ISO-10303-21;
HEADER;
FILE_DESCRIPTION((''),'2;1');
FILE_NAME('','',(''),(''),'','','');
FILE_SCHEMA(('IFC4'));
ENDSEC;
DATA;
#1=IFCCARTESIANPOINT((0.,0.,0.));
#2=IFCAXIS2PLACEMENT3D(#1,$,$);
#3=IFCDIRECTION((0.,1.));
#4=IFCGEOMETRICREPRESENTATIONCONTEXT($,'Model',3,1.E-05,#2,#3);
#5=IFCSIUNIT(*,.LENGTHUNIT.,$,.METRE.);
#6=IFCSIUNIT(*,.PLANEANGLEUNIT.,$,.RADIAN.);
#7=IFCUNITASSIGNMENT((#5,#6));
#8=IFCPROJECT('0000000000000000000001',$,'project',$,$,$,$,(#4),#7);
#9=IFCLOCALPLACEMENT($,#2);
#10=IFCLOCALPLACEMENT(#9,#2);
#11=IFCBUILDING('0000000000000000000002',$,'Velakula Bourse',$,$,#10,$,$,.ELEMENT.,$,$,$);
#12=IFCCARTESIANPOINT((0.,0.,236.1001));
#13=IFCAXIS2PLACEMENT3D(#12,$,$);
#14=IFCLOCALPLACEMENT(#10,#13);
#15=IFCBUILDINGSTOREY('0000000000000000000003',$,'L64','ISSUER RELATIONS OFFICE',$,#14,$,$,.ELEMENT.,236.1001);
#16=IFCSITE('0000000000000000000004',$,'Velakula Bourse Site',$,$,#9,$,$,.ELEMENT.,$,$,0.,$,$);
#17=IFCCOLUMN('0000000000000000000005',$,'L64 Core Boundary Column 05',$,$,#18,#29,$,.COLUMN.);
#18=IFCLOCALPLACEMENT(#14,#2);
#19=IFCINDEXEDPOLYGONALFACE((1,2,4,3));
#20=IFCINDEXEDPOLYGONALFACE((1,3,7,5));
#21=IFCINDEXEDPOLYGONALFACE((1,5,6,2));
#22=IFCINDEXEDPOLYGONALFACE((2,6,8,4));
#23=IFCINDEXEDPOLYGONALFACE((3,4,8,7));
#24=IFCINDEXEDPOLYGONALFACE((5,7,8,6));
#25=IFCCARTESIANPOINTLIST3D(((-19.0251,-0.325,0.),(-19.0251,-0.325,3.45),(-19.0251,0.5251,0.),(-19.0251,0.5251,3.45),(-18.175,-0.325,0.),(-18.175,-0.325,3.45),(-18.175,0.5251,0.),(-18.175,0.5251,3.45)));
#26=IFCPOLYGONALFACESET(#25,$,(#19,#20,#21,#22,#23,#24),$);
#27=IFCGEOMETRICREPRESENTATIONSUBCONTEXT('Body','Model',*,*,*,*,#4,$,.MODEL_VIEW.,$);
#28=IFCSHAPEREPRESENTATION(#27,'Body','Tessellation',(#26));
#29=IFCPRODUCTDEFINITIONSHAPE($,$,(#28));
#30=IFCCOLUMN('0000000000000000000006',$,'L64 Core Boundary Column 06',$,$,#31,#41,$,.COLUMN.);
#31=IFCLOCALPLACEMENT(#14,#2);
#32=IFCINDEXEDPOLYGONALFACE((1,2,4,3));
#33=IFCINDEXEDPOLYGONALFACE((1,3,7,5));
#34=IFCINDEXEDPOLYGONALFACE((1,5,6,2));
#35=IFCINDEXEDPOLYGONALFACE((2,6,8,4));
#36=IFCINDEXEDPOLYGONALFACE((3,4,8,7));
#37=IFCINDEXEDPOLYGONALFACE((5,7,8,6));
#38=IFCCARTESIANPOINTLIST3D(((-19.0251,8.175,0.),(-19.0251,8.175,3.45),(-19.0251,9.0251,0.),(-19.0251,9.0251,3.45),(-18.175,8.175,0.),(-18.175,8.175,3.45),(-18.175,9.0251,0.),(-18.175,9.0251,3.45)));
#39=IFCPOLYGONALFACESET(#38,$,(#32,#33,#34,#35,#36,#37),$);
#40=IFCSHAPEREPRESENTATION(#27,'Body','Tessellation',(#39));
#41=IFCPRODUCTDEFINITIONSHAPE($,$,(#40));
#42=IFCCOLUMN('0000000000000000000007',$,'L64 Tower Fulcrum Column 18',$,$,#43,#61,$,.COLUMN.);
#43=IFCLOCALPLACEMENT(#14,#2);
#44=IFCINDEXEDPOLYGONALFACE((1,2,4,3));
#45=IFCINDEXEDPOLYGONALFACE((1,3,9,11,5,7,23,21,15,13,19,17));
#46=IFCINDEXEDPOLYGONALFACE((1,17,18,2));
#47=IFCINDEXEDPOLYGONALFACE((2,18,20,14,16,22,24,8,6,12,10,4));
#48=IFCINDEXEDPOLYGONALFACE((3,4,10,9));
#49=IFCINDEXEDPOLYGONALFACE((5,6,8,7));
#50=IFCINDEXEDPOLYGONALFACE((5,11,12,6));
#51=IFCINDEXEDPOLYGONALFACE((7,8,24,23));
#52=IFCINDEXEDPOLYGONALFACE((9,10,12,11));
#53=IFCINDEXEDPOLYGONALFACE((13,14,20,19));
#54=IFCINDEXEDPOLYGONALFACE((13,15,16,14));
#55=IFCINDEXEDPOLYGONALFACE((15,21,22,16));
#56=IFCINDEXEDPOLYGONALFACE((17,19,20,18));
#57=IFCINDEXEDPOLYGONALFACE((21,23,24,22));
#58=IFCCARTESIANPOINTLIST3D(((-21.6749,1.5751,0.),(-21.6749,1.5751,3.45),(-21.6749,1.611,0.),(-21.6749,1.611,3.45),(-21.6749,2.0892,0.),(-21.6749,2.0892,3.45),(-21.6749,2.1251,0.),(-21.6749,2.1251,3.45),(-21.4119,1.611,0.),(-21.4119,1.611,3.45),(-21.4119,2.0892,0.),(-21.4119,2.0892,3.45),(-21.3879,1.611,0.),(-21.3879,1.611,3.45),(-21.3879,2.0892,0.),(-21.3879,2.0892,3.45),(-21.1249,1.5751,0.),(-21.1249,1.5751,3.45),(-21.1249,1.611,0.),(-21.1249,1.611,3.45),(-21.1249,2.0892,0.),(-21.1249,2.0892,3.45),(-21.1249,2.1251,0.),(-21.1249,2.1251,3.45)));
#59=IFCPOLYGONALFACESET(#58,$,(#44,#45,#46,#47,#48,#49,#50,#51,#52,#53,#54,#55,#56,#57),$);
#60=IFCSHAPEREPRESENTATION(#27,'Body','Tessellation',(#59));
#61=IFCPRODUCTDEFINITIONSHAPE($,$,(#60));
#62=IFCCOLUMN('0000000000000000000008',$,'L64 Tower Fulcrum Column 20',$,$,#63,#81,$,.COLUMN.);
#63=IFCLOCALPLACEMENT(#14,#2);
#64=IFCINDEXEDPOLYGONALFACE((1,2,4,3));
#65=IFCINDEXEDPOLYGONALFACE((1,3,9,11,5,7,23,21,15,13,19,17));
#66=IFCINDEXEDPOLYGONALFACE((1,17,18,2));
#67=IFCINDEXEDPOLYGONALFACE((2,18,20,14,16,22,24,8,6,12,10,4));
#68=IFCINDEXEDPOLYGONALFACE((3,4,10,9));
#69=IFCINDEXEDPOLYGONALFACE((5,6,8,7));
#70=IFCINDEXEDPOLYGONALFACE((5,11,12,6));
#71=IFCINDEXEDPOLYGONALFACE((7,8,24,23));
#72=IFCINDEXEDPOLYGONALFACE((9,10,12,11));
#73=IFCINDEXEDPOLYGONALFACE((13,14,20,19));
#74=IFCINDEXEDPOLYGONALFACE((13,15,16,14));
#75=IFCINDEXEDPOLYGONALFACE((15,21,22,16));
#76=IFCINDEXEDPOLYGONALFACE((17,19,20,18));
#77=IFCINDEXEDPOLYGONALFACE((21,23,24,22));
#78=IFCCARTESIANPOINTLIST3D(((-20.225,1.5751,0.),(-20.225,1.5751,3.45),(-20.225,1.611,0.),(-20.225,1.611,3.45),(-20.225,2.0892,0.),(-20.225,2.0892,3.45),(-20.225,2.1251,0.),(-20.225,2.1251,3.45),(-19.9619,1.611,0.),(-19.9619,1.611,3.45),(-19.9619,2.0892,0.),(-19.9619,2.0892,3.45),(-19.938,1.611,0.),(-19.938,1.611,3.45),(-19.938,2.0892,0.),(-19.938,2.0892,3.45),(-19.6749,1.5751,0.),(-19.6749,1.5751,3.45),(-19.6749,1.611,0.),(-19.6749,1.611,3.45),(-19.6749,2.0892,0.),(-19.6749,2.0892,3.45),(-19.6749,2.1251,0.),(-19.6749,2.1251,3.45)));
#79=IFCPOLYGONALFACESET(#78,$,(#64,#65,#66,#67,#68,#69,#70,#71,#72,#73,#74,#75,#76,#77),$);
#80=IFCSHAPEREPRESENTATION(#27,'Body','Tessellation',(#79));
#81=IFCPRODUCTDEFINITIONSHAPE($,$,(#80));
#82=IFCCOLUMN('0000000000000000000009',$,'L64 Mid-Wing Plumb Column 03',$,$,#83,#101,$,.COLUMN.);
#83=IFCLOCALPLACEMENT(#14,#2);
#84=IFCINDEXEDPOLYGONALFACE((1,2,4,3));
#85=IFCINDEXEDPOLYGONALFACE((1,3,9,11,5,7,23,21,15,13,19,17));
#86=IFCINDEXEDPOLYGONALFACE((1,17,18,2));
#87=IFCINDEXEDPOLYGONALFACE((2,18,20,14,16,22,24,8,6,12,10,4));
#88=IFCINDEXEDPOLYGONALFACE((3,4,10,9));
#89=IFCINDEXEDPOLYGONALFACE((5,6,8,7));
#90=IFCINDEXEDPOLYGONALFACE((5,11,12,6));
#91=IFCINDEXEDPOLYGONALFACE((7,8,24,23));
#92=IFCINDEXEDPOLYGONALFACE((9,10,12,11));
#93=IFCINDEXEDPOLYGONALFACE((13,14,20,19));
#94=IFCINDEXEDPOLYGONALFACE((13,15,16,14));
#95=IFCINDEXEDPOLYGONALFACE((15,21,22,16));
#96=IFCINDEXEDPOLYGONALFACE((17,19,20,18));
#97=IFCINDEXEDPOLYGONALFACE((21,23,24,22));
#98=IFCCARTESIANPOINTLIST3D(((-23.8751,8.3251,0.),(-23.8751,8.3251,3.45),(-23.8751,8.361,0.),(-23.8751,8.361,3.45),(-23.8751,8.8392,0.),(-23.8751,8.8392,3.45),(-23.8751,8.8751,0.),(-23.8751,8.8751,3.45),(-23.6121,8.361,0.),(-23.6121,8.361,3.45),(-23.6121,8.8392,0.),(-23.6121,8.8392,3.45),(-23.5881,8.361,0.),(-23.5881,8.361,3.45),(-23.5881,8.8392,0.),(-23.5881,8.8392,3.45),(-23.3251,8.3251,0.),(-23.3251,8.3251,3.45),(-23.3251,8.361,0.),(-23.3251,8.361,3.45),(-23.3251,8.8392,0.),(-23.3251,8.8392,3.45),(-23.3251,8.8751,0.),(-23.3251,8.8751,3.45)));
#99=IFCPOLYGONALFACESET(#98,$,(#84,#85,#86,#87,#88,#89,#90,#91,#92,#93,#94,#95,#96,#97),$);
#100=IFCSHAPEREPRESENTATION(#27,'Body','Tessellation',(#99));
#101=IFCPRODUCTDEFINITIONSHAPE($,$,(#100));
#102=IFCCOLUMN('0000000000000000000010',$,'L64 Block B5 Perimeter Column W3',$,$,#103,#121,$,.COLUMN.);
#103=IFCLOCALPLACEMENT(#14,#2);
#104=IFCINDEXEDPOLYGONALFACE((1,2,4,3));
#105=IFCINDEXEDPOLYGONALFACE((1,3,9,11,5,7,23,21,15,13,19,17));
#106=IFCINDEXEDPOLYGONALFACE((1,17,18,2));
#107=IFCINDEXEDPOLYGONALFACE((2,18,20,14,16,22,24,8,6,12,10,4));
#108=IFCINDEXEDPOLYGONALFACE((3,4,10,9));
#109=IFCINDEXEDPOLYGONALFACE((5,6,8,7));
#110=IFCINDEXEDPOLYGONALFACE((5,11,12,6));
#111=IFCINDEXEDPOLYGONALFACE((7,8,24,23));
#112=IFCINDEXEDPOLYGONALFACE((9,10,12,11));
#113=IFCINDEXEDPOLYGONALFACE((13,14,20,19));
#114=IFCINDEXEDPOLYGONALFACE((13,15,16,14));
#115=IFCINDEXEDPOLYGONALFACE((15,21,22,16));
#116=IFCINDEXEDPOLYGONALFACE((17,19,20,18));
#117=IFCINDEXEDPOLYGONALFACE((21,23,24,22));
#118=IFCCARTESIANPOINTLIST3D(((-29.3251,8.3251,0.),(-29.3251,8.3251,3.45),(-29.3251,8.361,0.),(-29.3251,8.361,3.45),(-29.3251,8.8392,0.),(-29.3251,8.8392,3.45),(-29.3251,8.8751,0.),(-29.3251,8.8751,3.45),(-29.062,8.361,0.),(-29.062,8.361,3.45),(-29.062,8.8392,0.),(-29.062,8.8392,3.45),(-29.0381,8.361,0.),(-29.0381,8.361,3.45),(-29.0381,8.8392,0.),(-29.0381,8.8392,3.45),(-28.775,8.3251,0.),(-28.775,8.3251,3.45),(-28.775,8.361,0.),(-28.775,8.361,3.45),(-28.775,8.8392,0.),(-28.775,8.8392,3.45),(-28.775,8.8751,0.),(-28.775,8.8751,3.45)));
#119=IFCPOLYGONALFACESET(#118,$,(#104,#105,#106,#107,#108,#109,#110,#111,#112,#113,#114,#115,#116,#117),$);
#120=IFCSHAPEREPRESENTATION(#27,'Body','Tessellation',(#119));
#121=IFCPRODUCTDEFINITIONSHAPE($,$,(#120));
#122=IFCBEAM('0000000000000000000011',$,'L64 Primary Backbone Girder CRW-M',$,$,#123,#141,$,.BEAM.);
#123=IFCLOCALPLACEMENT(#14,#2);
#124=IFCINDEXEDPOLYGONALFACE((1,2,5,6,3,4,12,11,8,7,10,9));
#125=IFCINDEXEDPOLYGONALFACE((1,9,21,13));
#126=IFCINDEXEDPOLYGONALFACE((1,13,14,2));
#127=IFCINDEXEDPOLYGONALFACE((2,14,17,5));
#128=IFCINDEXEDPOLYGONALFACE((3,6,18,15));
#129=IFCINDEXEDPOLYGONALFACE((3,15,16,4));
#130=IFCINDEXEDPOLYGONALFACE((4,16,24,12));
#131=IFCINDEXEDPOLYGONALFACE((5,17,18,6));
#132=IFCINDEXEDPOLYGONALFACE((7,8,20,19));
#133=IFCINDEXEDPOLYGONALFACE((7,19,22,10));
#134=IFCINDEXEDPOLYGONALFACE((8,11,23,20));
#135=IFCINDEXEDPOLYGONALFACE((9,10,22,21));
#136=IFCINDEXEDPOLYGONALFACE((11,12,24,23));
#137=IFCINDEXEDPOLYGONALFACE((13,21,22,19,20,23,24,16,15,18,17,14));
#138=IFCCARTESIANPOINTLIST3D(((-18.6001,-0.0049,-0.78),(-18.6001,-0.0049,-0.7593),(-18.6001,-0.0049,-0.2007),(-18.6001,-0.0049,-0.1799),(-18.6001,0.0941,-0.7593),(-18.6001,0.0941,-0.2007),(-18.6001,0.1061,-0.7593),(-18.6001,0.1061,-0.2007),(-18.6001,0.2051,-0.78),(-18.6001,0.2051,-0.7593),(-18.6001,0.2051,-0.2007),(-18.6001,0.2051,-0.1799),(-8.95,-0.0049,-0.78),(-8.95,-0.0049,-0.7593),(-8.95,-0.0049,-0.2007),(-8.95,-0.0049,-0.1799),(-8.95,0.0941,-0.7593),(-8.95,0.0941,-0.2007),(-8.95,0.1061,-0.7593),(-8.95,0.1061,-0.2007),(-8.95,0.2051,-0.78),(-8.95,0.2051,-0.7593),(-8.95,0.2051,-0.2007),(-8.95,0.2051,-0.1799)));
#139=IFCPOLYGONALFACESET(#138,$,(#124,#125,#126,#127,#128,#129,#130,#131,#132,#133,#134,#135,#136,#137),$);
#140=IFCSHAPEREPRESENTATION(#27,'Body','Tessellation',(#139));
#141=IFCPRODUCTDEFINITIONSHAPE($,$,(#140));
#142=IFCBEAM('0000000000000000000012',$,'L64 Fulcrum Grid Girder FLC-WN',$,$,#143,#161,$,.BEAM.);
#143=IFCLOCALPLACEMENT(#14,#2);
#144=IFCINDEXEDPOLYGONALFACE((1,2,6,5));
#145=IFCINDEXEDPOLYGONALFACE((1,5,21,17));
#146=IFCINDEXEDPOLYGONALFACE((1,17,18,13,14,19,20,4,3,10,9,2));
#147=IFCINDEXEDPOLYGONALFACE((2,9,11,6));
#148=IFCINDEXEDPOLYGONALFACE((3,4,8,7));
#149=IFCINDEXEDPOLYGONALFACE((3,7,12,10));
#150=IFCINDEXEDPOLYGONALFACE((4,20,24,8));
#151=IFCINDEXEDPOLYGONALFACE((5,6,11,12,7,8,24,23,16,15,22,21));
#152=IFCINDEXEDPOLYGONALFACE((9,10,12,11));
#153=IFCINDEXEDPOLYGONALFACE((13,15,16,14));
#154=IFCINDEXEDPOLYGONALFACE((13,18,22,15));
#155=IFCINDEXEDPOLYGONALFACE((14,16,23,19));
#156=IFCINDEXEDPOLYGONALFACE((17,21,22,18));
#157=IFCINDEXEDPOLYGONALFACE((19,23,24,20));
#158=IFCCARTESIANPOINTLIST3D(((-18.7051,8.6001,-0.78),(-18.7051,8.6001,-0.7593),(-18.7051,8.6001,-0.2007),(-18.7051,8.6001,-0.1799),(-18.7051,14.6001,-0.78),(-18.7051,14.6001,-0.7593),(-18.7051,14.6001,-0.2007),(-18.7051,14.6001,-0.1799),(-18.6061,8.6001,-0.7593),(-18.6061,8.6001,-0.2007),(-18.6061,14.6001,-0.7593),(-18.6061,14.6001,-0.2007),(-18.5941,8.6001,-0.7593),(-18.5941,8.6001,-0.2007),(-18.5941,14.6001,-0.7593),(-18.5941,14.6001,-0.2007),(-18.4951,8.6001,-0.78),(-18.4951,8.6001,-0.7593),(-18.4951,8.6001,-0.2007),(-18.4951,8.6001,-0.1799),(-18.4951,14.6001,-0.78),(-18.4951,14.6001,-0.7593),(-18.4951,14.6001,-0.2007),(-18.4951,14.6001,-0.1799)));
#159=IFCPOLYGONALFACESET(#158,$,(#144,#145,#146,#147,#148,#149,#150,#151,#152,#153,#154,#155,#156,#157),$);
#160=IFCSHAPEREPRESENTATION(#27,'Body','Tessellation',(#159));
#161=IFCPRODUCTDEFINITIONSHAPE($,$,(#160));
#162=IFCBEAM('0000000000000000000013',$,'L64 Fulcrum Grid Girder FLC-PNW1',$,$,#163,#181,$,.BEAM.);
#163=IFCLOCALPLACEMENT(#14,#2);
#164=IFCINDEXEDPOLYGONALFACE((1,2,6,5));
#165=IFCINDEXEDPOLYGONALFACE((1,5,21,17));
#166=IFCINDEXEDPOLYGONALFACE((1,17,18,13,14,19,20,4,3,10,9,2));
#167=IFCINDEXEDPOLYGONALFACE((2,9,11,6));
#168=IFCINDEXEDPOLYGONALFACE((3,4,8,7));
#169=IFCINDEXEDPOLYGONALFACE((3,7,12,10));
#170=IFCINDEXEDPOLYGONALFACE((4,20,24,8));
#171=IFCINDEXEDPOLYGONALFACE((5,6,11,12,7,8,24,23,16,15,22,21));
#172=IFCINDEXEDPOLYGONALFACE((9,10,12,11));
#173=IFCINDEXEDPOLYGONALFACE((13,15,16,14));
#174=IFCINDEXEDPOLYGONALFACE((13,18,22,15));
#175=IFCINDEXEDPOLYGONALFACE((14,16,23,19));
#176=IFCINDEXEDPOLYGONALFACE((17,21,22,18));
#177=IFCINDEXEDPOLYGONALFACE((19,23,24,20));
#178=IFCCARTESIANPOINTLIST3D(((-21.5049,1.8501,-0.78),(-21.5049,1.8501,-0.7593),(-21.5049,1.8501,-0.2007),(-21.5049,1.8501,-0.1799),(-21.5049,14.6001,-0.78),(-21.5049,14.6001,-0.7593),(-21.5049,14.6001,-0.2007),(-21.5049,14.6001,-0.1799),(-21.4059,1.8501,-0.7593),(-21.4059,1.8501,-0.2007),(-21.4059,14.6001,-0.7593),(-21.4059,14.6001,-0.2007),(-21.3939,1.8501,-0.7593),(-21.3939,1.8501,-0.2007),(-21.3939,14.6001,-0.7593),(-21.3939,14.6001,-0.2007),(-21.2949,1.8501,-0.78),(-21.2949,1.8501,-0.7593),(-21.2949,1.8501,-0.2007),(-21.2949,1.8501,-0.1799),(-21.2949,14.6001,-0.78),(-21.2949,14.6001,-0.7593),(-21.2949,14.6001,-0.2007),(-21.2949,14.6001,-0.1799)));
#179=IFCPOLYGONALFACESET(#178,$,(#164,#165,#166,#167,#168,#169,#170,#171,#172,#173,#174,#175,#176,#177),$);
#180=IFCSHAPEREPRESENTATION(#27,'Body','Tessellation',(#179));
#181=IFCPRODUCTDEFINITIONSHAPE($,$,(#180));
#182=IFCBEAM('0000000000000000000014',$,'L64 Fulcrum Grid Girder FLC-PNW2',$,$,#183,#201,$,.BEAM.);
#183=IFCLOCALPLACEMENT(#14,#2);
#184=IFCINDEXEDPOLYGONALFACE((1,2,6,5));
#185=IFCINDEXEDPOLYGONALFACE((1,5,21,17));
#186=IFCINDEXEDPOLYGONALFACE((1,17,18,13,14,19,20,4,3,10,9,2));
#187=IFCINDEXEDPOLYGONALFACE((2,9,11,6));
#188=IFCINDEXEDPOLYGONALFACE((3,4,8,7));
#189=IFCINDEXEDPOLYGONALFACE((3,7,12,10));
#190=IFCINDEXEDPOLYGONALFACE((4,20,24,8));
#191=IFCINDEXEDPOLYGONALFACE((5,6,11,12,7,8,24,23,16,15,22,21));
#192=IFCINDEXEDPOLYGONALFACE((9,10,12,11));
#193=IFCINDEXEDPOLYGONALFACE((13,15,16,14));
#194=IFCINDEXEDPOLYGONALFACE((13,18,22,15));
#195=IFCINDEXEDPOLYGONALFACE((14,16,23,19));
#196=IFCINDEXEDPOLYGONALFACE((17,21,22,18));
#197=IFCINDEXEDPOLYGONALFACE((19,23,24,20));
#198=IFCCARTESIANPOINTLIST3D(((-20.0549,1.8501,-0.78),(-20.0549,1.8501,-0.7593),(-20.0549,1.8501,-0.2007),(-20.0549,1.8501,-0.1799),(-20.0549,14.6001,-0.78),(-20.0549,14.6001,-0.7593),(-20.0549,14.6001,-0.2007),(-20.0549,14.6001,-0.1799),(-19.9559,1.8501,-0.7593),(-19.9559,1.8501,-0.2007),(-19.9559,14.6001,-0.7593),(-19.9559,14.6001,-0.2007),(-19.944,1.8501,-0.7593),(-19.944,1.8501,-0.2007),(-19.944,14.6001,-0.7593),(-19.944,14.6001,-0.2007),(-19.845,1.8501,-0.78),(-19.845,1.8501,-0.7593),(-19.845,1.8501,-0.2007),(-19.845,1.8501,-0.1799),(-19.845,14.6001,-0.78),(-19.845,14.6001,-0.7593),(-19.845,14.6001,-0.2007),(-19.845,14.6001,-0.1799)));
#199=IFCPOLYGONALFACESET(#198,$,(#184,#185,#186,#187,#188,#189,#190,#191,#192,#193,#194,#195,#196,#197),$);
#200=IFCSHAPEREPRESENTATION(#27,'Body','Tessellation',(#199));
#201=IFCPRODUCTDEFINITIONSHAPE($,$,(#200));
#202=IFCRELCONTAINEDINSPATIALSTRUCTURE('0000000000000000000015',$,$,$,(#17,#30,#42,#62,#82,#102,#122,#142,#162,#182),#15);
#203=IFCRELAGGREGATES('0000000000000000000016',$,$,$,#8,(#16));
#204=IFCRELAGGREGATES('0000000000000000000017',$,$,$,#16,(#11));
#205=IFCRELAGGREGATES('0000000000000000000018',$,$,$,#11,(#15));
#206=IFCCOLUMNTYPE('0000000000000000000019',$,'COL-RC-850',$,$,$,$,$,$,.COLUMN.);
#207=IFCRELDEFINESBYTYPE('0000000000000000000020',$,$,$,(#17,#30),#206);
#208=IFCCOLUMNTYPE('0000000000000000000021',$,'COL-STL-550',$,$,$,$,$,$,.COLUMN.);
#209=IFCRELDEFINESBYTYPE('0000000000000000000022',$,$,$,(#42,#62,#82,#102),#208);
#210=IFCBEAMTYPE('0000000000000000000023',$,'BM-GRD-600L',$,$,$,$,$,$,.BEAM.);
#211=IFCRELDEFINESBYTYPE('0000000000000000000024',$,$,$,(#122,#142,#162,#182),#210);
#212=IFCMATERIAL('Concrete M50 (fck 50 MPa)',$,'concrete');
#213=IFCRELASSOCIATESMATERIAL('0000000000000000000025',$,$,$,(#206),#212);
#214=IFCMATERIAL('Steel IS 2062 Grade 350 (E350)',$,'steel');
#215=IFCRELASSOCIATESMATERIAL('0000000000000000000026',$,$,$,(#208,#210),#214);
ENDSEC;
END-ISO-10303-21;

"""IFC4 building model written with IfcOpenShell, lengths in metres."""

from ifc_helpers import new_model, si_unit, direction, frame, origin, origin_2d, place, context, subcontext, project, spatial, rectangle, i_section, extrude, material, material_profile, profile_set, type_object, element, save


model = new_model("IFC4")

# Units and contexts
model_context = context("Model", 3, precision=1e-05, world=origin(), true_north=direction((0.0, 1.0)))
body_context = subcontext(model_context, "Body", "Model", "MODEL_VIEW")
ifc_project = project(units=[si_unit("LENGTHUNIT", "METRE"), si_unit("PLANEANGLEUNIT", "RADIAN")], contexts=[model_context])

# Site, building, storey
site_placement = place(None, origin())
site = spatial("IfcSite", under=ifc_project, at=site_placement, Name="Velakula Bourse Site", CompositionType="ELEMENT", RefElevation=0.0)
building_placement = place(site_placement, origin())
building = spatial("IfcBuilding", under=site, at=building_placement, Name="Velakula Bourse", CompositionType="ELEMENT")
storey_placement = place(building_placement, frame((0.0, 0.0, 236.1001)))
storey = spatial("IfcBuildingStorey", under=building, at=storey_placement, Name="L64", Description="ISSUER RELATIONS OFFICE", CompositionType="ELEMENT", Elevation=236.1001)

# Columns
ifc_material_1 = material(Name="Concrete M50 (fck 50 MPa)", Category="concrete")
ifc_material_profile_1 = material_profile(ifc_material_1, rectangle(XDim=0.8501, YDim=0.8501, at=origin_2d()), Name="Concrete M50 (fck 50 MPa)")
ifc_profile_set_1 = profile_set([ifc_material_profile_1], Name="Concrete M50 (fck 50 MPa)")
column_type_1 = type_object("IfcColumnType", Name="COL-RC-850", PredefinedType="COLUMN", material=ifc_profile_set_1)
for number, where, z_axis, x_axis, name in (
    (1, (-18.6001, 0.1001, 0.0), (0.0, 0.0, 1.0), (1.0, 0.0, 0.0), "L64 Core Boundary Column 05"),
    (2, (-18.6001, 8.6001, 0.0), (0.0, 0.0, 1.0), (1.0, 0.0, 0.0), "L64 Core Boundary Column 06"),
):
    element("IfcColumn", number, at=place(storey_placement, frame(where, z_axis=z_axis, x_axis=x_axis)), inside=storey, type_object=column_type_1, Name=name, PredefinedType="COLUMN", context=body_context, shape_type="SweptSolid", body=[
        extrude(rectangle(XDim=0.8501, YDim=0.8501, at=origin_2d()), origin(), (0.0, 0.0, 1.0), 3.45),
    ])
ifc_material_2 = material(Name="Steel IS 2062 Grade 350 (E350)", Category="steel")
ifc_material_profile_2 = material_profile(ifc_material_2, i_section(OverallWidth=0.55, OverallDepth=0.55, WebThickness=0.0239, FlangeThickness=0.0359, at=origin_2d()), Name="Steel IS 2062 Grade 350 (E350)")
ifc_profile_set_2 = profile_set([ifc_material_profile_2], Name="Steel IS 2062 Grade 350 (E350)")
column_type_2 = type_object("IfcColumnType", Name="COL-STL-550", PredefinedType="COLUMN", material=ifc_profile_set_2)
for number, where, z_axis, x_axis, name in (
    (3, (-21.3999, 1.8501, 0.0), (0.0, 0.0, 1.0), (1.0, 0.0, 0.0), "L64 Tower Fulcrum Column 18"),
    (4, (-19.95, 1.8501, 0.0), (0.0, 0.0, 1.0), (1.0, 0.0, 0.0), "L64 Tower Fulcrum Column 20"),
    (5, (-23.6001, 8.6001, 0.0), (0.0, 0.0, 1.0), (1.0, 0.0, 0.0), "L64 Mid-Wing Plumb Column 03"),
    (6, (-29.05, 8.6001, 0.0), (0.0, 0.0, 1.0), (1.0, 0.0, 0.0), "L64 Block B5 Perimeter Column W3"),
):
    element("IfcColumn", number, at=place(storey_placement, frame(where, z_axis=z_axis, x_axis=x_axis)), inside=storey, type_object=column_type_2, Name=name, PredefinedType="COLUMN", context=body_context, shape_type="SweptSolid", body=[
        extrude(i_section(OverallWidth=0.55, OverallDepth=0.55, WebThickness=0.0239, FlangeThickness=0.0359, at=origin_2d()), origin(), (0.0, 0.0, 1.0), 3.45),
    ])

# Beams
ifc_material_profile_3 = material_profile(ifc_material_2, i_section(OverallWidth=0.21, OverallDepth=0.6001, WebThickness=0.012, FlangeThickness=0.0208, at=origin_2d()), Name="Steel IS 2062 Grade 350 (E350)")
ifc_profile_set_3 = profile_set([ifc_material_profile_3], Name="Steel IS 2062 Grade 350 (E350)")
beam_type_1 = type_object("IfcBeamType", Name="BM-GRD-600L", PredefinedType="BEAM", material=ifc_profile_set_3)
beam_1_placement = place(storey_placement, frame((-18.6001, 0.1001, -0.48), z_axis=(1.0, 0.0, 0.0), x_axis=(0.0, 1.0, 0.0)))
element("IfcBeam", 7, at=beam_1_placement, inside=storey, type_object=beam_type_1, Name="L64 Primary Backbone Girder CRW-M", PredefinedType="BEAM", context=body_context, shape_type="SweptSolid", body=[
    extrude(i_section(OverallWidth=0.21, OverallDepth=0.6001, WebThickness=0.012, FlangeThickness=0.0208, at=origin_2d()), origin(), (0.0, 0.0, 1.0), 9.6501),
])
beam_2_placement = place(storey_placement, frame((-18.6001, 8.6001, -0.48), z_axis=(0.0, 1.0, 0.0), x_axis=(-1.0, 0.0, 0.0)))
element("IfcBeam", 8, at=beam_2_placement, inside=storey, type_object=beam_type_1, Name="L64 Fulcrum Grid Girder FLC-WN", PredefinedType="BEAM", context=body_context, shape_type="SweptSolid", body=[
    extrude(i_section(OverallWidth=0.21, OverallDepth=0.6001, WebThickness=0.012, FlangeThickness=0.0208, at=origin_2d()), origin(), (0.0, 0.0, 1.0), 6.0),
])
for number, where, z_axis, x_axis, name in (
    (9, (-21.3999, 1.8501, -0.48), (0.0, 1.0, 0.0), (-1.0, 0.0, 0.0), "L64 Fulcrum Grid Girder FLC-PNW1"),
    (10, (-19.95, 1.8501, -0.48), (0.0, 1.0, 0.0), (-1.0, 0.0, 0.0), "L64 Fulcrum Grid Girder FLC-PNW2"),
):
    element("IfcBeam", number, at=place(storey_placement, frame(where, z_axis=z_axis, x_axis=x_axis)), inside=storey, type_object=beam_type_1, Name=name, PredefinedType="BEAM", context=body_context, shape_type="SweptSolid", body=[
        extrude(i_section(OverallWidth=0.21, OverallDepth=0.6001, WebThickness=0.012, FlangeThickness=0.0208, at=origin_2d()), origin(), (0.0, 0.0, 1.0), 12.75),
    ])

save(model, "model.ifc")
